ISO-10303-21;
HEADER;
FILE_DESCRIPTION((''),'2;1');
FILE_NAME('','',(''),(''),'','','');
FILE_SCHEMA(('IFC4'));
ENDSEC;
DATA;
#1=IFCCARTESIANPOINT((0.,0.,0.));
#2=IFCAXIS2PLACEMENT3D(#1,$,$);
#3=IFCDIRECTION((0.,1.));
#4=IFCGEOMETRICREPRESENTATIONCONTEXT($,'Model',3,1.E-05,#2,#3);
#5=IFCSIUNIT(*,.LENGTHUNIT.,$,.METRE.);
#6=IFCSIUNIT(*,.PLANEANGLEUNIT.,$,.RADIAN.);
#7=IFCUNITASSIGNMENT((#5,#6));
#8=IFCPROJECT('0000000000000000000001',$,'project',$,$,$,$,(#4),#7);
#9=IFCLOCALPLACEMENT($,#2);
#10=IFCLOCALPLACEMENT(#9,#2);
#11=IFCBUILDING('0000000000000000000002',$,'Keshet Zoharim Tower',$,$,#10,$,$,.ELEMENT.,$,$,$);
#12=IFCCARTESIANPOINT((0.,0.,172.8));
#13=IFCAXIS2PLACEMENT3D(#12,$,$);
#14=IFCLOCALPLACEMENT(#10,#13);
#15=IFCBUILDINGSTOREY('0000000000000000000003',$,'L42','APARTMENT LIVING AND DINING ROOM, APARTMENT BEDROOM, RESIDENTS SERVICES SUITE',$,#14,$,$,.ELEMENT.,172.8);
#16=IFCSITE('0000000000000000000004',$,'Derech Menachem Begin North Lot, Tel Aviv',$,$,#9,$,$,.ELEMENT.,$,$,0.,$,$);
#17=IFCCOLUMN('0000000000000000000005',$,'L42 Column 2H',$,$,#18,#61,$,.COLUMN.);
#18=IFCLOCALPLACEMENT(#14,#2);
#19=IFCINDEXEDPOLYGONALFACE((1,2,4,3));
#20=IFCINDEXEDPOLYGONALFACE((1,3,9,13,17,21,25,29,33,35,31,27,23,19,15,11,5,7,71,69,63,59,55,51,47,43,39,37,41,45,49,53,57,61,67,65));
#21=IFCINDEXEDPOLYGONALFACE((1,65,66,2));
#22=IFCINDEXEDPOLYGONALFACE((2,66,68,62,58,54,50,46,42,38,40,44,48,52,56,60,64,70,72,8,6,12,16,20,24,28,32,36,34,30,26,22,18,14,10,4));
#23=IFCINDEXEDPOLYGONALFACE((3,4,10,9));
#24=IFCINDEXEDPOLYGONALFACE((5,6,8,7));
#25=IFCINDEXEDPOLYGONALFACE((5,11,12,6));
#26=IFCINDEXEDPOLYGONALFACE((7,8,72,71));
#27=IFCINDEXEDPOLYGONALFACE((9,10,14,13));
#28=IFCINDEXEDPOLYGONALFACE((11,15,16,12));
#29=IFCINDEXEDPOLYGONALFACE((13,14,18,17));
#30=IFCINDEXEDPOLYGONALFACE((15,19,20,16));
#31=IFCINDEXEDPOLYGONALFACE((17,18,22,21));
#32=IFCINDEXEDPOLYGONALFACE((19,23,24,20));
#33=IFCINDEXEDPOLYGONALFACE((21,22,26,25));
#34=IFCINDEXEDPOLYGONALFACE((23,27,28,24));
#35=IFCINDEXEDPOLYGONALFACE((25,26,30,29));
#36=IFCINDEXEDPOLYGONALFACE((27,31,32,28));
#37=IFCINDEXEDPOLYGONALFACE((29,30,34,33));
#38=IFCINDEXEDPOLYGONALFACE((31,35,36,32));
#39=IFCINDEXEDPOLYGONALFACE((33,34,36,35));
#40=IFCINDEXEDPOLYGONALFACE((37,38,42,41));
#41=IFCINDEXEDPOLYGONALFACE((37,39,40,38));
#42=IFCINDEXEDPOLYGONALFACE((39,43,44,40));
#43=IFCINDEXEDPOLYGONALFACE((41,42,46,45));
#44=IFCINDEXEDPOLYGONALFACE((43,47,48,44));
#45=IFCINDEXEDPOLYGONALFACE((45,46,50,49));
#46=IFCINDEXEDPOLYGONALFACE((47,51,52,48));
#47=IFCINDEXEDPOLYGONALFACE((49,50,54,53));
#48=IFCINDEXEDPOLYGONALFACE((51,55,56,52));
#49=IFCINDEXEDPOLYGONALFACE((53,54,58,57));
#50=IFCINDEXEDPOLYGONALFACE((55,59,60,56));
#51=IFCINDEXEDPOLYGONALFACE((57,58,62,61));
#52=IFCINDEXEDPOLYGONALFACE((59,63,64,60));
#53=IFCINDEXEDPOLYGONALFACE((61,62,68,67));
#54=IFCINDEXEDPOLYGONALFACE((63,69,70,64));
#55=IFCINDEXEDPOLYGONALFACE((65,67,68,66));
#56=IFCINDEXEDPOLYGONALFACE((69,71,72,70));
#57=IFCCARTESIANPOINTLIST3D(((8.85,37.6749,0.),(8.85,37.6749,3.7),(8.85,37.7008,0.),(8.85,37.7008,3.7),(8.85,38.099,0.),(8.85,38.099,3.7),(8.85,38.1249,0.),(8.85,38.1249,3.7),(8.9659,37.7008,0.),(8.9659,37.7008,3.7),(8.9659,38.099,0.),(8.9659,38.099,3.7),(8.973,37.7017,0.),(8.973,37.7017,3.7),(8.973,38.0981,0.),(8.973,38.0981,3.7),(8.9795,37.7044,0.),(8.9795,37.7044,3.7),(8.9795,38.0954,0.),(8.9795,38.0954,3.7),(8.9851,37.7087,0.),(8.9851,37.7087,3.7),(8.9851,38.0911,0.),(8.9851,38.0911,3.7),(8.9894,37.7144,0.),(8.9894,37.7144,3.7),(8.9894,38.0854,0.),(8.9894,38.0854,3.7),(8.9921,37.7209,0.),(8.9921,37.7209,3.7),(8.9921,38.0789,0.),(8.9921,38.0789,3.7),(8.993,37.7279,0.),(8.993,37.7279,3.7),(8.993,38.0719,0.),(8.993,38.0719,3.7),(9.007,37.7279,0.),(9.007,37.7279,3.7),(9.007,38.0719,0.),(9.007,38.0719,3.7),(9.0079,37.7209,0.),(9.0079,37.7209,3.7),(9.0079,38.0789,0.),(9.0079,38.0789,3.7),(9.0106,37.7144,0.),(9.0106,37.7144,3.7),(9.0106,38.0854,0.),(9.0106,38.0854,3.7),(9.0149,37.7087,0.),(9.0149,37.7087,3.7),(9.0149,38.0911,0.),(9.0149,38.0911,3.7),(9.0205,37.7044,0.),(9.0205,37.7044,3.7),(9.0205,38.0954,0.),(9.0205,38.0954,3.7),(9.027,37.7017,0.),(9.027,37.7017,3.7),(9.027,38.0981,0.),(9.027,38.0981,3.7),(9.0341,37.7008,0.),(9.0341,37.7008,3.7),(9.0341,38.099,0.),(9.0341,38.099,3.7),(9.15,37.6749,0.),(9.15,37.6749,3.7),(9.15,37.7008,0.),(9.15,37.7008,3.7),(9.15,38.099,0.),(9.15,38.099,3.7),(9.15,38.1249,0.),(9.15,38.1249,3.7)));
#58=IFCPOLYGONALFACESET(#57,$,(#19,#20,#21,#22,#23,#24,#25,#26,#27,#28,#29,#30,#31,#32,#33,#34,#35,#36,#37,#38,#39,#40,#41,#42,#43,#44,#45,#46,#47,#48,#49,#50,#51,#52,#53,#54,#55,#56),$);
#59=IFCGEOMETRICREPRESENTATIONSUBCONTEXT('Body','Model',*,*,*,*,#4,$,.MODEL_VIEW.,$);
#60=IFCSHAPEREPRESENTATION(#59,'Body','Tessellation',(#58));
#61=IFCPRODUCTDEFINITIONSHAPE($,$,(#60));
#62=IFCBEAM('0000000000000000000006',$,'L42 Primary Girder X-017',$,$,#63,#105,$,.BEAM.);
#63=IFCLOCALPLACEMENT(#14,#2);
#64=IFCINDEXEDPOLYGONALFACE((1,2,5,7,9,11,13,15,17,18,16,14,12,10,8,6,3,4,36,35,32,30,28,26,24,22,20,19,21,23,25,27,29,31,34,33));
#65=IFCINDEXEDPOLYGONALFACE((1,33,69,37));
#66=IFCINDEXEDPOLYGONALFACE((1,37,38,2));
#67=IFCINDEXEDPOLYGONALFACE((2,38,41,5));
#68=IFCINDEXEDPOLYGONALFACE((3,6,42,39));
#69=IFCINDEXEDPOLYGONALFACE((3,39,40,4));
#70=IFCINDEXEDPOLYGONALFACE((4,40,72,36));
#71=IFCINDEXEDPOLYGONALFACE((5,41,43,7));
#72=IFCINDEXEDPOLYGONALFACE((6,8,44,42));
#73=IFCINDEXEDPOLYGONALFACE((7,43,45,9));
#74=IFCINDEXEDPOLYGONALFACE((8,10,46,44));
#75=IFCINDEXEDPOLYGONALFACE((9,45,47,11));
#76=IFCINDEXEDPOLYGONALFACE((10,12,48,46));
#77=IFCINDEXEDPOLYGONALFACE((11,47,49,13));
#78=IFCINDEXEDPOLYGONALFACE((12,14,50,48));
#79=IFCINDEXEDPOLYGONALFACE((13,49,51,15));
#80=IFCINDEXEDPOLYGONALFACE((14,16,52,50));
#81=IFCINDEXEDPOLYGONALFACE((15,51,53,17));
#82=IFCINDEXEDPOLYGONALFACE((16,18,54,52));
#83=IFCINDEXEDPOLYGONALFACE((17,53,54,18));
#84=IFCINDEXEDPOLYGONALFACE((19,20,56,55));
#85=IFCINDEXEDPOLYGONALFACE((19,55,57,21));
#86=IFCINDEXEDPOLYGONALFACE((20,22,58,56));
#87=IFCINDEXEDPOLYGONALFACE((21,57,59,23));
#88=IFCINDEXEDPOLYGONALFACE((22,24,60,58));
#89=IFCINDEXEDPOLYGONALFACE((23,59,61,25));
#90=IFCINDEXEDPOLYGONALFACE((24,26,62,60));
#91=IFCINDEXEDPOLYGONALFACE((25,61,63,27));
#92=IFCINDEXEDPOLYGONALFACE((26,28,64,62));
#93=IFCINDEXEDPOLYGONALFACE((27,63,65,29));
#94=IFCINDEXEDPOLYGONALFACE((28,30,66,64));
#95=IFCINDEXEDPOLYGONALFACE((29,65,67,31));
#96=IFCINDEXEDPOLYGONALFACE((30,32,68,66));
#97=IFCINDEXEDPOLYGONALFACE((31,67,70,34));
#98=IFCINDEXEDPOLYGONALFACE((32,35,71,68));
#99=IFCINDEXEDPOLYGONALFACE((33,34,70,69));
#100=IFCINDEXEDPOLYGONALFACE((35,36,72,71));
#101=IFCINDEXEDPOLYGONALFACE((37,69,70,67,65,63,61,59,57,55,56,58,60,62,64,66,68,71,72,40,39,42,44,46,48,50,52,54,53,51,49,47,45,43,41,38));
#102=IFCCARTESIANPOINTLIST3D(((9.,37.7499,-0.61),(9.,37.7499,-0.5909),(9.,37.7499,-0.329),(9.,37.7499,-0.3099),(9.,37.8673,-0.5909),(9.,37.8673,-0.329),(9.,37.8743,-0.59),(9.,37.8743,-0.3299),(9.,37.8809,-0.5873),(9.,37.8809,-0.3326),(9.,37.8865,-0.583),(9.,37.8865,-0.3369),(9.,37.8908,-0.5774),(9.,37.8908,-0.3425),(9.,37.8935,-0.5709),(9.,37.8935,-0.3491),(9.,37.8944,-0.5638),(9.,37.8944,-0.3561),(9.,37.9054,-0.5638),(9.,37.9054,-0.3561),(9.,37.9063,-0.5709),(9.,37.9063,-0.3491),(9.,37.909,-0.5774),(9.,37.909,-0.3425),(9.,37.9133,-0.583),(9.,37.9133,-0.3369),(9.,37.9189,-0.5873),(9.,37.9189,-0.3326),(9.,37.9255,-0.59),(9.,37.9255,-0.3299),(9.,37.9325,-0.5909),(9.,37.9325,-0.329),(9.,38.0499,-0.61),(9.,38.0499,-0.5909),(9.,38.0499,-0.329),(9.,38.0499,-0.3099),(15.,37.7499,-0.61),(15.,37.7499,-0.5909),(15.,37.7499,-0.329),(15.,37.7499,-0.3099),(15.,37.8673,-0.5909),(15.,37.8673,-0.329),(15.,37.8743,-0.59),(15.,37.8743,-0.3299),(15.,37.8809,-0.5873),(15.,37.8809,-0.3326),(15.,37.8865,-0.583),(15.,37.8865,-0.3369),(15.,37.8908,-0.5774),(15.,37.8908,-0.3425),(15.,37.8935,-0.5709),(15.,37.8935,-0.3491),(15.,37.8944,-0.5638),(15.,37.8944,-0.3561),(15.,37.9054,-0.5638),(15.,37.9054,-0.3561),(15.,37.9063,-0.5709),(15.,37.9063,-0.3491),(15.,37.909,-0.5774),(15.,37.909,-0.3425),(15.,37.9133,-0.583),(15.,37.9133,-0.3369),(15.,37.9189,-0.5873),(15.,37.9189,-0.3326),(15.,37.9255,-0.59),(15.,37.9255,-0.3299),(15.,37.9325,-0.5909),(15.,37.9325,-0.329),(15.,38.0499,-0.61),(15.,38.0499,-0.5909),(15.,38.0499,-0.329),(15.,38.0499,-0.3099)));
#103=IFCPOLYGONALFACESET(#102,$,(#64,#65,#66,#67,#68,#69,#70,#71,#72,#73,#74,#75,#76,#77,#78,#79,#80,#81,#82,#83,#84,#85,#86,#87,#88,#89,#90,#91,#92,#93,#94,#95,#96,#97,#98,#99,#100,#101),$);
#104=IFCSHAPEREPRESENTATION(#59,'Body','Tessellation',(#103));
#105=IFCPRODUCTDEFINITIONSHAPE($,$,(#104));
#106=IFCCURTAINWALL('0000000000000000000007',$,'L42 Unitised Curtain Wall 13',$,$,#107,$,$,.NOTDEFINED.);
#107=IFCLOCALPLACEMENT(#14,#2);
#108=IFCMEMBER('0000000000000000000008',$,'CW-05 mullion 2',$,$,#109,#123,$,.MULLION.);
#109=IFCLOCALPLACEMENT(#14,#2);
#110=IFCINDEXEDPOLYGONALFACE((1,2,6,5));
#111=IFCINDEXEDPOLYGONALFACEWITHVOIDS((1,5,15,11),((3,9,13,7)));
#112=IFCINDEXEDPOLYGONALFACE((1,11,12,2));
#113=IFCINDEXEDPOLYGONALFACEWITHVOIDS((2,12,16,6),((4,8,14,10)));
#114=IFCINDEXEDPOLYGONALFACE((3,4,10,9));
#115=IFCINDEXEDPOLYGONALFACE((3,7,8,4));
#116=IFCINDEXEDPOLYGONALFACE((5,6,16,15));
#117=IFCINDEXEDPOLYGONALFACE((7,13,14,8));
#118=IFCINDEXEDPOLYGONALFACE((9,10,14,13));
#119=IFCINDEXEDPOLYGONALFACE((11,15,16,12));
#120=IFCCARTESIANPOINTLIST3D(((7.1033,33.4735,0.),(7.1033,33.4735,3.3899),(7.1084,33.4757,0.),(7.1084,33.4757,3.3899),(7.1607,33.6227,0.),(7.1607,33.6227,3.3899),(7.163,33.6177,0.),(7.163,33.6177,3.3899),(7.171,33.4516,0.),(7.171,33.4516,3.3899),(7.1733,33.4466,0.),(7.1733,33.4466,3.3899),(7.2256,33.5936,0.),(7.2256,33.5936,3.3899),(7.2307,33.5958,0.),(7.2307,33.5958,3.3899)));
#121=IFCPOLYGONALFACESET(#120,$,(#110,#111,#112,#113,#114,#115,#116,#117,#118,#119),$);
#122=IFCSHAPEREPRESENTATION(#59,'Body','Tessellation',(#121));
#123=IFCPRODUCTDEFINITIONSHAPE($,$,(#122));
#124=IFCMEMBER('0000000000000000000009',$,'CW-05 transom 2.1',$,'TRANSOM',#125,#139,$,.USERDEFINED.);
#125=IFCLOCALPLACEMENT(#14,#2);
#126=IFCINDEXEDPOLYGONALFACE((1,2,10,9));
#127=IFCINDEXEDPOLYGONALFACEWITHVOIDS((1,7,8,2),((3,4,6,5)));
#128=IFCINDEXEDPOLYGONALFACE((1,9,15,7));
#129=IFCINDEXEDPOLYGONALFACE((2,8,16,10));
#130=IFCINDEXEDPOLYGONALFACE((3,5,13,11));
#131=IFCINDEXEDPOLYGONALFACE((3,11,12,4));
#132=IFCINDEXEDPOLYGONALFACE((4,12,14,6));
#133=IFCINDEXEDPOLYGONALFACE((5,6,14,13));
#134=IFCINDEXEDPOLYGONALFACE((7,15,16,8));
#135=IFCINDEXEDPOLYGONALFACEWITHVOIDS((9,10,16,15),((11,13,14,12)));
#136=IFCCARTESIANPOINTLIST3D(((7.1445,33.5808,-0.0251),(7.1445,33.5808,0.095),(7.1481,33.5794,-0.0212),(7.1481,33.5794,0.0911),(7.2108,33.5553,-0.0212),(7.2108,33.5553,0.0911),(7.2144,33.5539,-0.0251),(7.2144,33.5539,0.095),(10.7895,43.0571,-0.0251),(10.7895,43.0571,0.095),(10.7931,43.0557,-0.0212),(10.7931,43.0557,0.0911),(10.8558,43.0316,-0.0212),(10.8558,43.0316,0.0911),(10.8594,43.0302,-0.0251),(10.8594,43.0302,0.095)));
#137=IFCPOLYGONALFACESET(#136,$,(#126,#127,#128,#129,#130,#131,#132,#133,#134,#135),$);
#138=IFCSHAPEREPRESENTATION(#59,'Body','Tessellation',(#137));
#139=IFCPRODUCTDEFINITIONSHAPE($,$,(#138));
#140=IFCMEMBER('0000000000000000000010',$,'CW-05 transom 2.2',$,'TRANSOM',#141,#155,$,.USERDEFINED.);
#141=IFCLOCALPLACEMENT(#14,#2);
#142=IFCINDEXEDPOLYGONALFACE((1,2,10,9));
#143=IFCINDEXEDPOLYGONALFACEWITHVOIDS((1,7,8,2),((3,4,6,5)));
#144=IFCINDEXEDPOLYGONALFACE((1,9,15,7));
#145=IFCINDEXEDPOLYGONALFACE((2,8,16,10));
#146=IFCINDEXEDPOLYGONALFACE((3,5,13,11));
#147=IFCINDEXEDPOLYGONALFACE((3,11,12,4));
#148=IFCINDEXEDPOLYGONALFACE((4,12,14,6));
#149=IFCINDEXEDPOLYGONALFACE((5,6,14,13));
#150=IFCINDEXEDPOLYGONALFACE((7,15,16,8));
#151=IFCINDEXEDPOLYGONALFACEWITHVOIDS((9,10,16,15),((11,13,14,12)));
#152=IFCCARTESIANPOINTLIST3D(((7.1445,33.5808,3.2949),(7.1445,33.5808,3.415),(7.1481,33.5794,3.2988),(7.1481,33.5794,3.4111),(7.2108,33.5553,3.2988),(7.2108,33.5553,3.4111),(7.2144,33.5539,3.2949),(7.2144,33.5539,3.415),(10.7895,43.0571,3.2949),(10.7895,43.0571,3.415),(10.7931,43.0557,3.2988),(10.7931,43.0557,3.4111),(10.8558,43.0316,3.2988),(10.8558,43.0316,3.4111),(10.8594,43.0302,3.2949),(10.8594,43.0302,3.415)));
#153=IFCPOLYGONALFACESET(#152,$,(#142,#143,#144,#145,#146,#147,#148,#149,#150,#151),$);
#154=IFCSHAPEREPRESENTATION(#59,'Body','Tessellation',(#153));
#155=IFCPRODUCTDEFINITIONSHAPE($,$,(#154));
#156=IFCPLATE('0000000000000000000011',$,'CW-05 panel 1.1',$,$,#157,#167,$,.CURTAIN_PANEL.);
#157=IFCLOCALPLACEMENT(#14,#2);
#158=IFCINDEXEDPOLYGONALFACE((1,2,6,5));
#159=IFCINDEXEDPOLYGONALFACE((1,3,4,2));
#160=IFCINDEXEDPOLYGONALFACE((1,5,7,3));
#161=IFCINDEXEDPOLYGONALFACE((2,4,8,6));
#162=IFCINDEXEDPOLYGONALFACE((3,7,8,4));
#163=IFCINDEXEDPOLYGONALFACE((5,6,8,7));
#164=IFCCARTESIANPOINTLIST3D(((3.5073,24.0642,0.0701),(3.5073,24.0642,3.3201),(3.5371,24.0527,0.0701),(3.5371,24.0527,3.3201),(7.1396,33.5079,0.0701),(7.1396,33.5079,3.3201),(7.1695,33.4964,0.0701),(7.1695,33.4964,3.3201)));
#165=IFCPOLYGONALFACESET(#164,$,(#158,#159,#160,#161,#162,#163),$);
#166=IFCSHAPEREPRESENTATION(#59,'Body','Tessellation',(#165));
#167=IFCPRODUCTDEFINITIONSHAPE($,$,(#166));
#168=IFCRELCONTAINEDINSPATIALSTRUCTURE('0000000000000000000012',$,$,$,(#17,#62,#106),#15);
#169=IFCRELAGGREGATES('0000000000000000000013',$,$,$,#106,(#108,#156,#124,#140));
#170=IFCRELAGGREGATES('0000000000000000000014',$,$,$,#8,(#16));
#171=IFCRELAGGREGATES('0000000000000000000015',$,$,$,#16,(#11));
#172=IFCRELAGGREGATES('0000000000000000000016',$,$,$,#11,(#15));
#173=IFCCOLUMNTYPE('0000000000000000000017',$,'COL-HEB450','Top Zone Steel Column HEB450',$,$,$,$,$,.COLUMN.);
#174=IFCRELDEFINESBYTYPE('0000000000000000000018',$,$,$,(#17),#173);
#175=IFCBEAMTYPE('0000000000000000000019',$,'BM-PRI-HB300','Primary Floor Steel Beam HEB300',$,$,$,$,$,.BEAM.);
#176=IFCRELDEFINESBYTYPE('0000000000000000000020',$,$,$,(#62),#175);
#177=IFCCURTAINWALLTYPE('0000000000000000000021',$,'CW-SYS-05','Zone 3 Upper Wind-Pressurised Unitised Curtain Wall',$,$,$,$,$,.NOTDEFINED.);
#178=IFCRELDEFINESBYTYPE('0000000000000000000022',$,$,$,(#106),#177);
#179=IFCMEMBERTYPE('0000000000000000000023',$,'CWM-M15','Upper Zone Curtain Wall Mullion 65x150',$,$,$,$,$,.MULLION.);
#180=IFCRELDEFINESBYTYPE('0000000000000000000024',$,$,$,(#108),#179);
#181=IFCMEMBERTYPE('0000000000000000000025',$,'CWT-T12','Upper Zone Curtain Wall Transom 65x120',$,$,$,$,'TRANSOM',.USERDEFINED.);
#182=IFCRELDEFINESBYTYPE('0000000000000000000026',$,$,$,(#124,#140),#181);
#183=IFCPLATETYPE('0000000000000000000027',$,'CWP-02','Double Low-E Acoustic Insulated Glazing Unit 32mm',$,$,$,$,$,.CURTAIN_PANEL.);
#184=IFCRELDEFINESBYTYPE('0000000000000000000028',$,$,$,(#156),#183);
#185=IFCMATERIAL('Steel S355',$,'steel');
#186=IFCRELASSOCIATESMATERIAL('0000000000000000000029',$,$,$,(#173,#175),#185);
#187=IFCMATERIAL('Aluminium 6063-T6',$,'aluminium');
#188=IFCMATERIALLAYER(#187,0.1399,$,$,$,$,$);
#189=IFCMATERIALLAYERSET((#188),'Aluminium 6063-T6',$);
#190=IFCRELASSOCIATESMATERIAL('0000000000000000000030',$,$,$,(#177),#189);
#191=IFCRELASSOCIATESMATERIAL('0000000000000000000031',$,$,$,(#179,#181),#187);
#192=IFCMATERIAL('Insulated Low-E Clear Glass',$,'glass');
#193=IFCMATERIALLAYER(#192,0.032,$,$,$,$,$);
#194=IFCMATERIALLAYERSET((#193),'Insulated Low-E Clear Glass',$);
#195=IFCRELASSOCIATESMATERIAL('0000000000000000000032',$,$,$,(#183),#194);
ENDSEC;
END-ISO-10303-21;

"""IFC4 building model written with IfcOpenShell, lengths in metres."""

from ifc_helpers import new_model, si_unit, direction, frame, origin, origin_2d, place, context, subcontext, project, spatial, rectangle, hollow_rectangle, i_section, extrude, material, layer, layer_set, material_profile, profile_set, type_object, element, aggregate, save


model = new_model("IFC4")

# Units and contexts
model_context = context("Model", 3, precision=1e-05, world=origin(), true_north=direction((0.0, 1.0)))
body_context = subcontext(model_context, "Body", "Model", "MODEL_VIEW")
ifc_project = project(units=[si_unit("LENGTHUNIT", "METRE"), si_unit("PLANEANGLEUNIT", "RADIAN")], contexts=[model_context])

# Site, building, storey
site_placement = place(None, origin())
site = spatial("IfcSite", under=ifc_project, at=site_placement, Name="Derech Menachem Begin North Lot, Tel Aviv", CompositionType="ELEMENT", RefElevation=0.0)
building_placement = place(site_placement, origin())
building = spatial("IfcBuilding", under=site, at=building_placement, Name="Keshet Zoharim Tower", CompositionType="ELEMENT")
storey_placement = place(building_placement, frame((0.0, 0.0, 172.8)))
storey = spatial("IfcBuildingStorey", under=building, at=storey_placement, Name="L42", Description="APARTMENT LIVING AND DINING ROOM, APARTMENT BEDROOM, RESIDENTS SERVICES SUITE", CompositionType="ELEMENT", Elevation=172.8)

# Column
ifc_material_1 = material(Name="Steel S355", Category="steel")
ifc_material_profile_1 = material_profile(ifc_material_1, i_section(OverallWidth=0.3, OverallDepth=0.45, WebThickness=0.0139, FlangeThickness=0.0259, FilletRadius=0.0271, at=origin_2d()), Name="HEB450")
ifc_profile_set_1 = profile_set([ifc_material_profile_1], Name="Steel S355")
column_type = type_object("IfcColumnType", Name="COL-HEB450", Description="Top Zone Steel Column HEB450", PredefinedType="COLUMN", material=ifc_profile_set_1)
column_placement = place(storey_placement, frame((9.0, 37.8999, 0.0), z_axis=(0.0, 0.0, 1.0), x_axis=(1.0, 0.0, 0.0)))
element("IfcColumn", 1, at=column_placement, inside=storey, type_object=column_type, Name="L42 Column 2H", PredefinedType="COLUMN", context=body_context, shape_type="SweptSolid", body=[
    extrude(i_section(OverallWidth=0.3, OverallDepth=0.45, WebThickness=0.0139, FlangeThickness=0.0259, FilletRadius=0.0271, at=origin_2d()), origin(), (0.0, 0.0, 1.0), 3.7),
])

# Beam
ifc_material_profile_2 = material_profile(ifc_material_1, i_section(OverallWidth=0.3, OverallDepth=0.3, WebThickness=0.011, FlangeThickness=0.019, FilletRadius=0.0271, at=origin_2d()), Name="HEB300")
ifc_profile_set_2 = profile_set([ifc_material_profile_2], Name="Steel S355")
beam_type = type_object("IfcBeamType", Name="BM-PRI-HB300", Description="Primary Floor Steel Beam HEB300", PredefinedType="BEAM", material=ifc_profile_set_2)
beam_placement = place(storey_placement, frame((9.0, 37.8999, -0.46), z_axis=(1.0, 0.0, 0.0), x_axis=(0.0, 1.0, 0.0)))
element("IfcBeam", 2, at=beam_placement, inside=storey, type_object=beam_type, Name="L42 Primary Girder X-017", PredefinedType="BEAM", context=body_context, shape_type="SweptSolid", body=[
    extrude(i_section(OverallWidth=0.3, OverallDepth=0.3, WebThickness=0.011, FlangeThickness=0.019, FilletRadius=0.0271, at=origin_2d()), origin(), (0.0, 0.0, 1.0), 6.0),
])

# Curtain wall, members, plate
ifc_material_2 = material(Name="Aluminium 6063-T6", Category="aluminium")
ifc_layer_1 = layer(ifc_material_2, 0.1399)
ifc_layer_set_1 = layer_set([ifc_layer_1], Name="Aluminium 6063-T6")
curtain_wall_type = type_object("IfcCurtainWallType", Name="CW-SYS-05", Description="Zone 3 Upper Wind-Pressurised Unitised Curtain Wall", PredefinedType="NOTDEFINED", material=ifc_layer_set_1)
curtain_wall_placement = place(storey_placement, origin())
curtain_wall = element("IfcCurtainWall", 3, at=curtain_wall_placement, inside=storey, type_object=curtain_wall_type, Name="L42 Unitised Curtain Wall 13", PredefinedType="NOTDEFINED")
ifc_material_profile_3 = material_profile(ifc_material_2, hollow_rectangle(XDim=0.075, YDim=0.1599, WallThickness=0.0039, at=origin_2d()), Name="MUL-75x160")
ifc_profile_set_3 = profile_set([ifc_material_profile_3], Name="Aluminium 6063-T6")
member_type_1 = type_object("IfcMemberType", Name="CWM-M15", Description="Upper Zone Curtain Wall Mullion 65x150", PredefinedType="MULLION", material=ifc_profile_set_3)
member_1_placement = place(storey_placement, frame((7.167, 33.5347, 0.0), z_axis=(0.0, 0.0, 1.0), x_axis=(-0.933341, 0.35899, 0.0)))
member_1 = element("IfcMember", 4, at=member_1_placement, type_object=member_type_1, Name="CW-05 mullion 2", PredefinedType="MULLION", context=body_context, shape_type="SweptSolid", body=[
    extrude(hollow_rectangle(XDim=0.075, YDim=0.1599, WallThickness=0.0039, at=origin_2d()), origin(), (0.0, 0.0, 1.0), 3.3899),
])
ifc_material_profile_4 = material_profile(ifc_material_2, hollow_rectangle(XDim=0.075, YDim=0.1201, WallThickness=0.0039, at=origin_2d()), Name="TRN-75x120")
ifc_profile_set_4 = profile_set([ifc_material_profile_4], Name="Aluminium 6063-T6")
member_type_2 = type_object("IfcMemberType", Name="CWT-T12", Description="Upper Zone Curtain Wall Transom 65x120", ElementType="TRANSOM", PredefinedType="USERDEFINED", material=ifc_profile_set_4)
member_2_placement = place(storey_placement, frame((7.1794, 33.5674, 0.0349), z_axis=(0.359003, 0.933336, 0.0), x_axis=(-0.933336, 0.359003, 0.0)))
member_2 = element("IfcMember", 5, at=member_2_placement, type_object=member_type_2, Name="CW-05 transom 2.1", ObjectType="TRANSOM", PredefinedType="USERDEFINED", context=body_context, shape_type="SweptSolid", body=[
    extrude(hollow_rectangle(XDim=0.075, YDim=0.1201, WallThickness=0.0039, at=origin_2d()), origin(), (0.0, 0.0, 1.0), 10.1531),
])
member_3_placement = place(storey_placement, frame((7.1794, 33.5674, 3.355), z_axis=(0.359003, 0.933336, 0.0), x_axis=(-0.933336, 0.359003, 0.0)))
member_3 = element("IfcMember", 6, at=member_3_placement, type_object=member_type_2, Name="CW-05 transom 2.2", ObjectType="TRANSOM", PredefinedType="USERDEFINED", context=body_context, shape_type="SweptSolid", body=[
    extrude(hollow_rectangle(XDim=0.075, YDim=0.1201, WallThickness=0.0039, at=origin_2d()), origin(), (0.0, 0.0, 1.0), 10.1531),
])
ifc_material_3 = material(Name="Insulated Low-E Clear Glass", Category="glass")
ifc_layer_2 = layer(ifc_material_3, 0.032)
ifc_layer_set_2 = layer_set([ifc_layer_2], Name="Insulated Low-E Clear Glass")
plate_type = type_object("IfcPlateType", Name="CWP-02", Description="Double Low-E Acoustic Insulated Glazing Unit 32mm", PredefinedType="CURTAIN_PANEL", material=ifc_layer_set_2)
plate_placement = place(storey_placement, frame((5.3384, 28.7803, 0.0701), z_axis=(0.0, 0.0, 1.0), x_axis=(0.35899, 0.933341, 0.0)))
plate = element("IfcPlate", 7, at=plate_placement, type_object=plate_type, Name="CW-05 panel 1.1", PredefinedType="CURTAIN_PANEL", context=body_context, shape_type="SweptSolid", body=[
    extrude(rectangle(XDim=10.1182, YDim=0.032, at=origin_2d()), origin(), (0.0, 0.0, 1.0), 3.25),
])
aggregate(curtain_wall, [member_1, plate, member_2, member_3])

save(model, "model.ifc")
